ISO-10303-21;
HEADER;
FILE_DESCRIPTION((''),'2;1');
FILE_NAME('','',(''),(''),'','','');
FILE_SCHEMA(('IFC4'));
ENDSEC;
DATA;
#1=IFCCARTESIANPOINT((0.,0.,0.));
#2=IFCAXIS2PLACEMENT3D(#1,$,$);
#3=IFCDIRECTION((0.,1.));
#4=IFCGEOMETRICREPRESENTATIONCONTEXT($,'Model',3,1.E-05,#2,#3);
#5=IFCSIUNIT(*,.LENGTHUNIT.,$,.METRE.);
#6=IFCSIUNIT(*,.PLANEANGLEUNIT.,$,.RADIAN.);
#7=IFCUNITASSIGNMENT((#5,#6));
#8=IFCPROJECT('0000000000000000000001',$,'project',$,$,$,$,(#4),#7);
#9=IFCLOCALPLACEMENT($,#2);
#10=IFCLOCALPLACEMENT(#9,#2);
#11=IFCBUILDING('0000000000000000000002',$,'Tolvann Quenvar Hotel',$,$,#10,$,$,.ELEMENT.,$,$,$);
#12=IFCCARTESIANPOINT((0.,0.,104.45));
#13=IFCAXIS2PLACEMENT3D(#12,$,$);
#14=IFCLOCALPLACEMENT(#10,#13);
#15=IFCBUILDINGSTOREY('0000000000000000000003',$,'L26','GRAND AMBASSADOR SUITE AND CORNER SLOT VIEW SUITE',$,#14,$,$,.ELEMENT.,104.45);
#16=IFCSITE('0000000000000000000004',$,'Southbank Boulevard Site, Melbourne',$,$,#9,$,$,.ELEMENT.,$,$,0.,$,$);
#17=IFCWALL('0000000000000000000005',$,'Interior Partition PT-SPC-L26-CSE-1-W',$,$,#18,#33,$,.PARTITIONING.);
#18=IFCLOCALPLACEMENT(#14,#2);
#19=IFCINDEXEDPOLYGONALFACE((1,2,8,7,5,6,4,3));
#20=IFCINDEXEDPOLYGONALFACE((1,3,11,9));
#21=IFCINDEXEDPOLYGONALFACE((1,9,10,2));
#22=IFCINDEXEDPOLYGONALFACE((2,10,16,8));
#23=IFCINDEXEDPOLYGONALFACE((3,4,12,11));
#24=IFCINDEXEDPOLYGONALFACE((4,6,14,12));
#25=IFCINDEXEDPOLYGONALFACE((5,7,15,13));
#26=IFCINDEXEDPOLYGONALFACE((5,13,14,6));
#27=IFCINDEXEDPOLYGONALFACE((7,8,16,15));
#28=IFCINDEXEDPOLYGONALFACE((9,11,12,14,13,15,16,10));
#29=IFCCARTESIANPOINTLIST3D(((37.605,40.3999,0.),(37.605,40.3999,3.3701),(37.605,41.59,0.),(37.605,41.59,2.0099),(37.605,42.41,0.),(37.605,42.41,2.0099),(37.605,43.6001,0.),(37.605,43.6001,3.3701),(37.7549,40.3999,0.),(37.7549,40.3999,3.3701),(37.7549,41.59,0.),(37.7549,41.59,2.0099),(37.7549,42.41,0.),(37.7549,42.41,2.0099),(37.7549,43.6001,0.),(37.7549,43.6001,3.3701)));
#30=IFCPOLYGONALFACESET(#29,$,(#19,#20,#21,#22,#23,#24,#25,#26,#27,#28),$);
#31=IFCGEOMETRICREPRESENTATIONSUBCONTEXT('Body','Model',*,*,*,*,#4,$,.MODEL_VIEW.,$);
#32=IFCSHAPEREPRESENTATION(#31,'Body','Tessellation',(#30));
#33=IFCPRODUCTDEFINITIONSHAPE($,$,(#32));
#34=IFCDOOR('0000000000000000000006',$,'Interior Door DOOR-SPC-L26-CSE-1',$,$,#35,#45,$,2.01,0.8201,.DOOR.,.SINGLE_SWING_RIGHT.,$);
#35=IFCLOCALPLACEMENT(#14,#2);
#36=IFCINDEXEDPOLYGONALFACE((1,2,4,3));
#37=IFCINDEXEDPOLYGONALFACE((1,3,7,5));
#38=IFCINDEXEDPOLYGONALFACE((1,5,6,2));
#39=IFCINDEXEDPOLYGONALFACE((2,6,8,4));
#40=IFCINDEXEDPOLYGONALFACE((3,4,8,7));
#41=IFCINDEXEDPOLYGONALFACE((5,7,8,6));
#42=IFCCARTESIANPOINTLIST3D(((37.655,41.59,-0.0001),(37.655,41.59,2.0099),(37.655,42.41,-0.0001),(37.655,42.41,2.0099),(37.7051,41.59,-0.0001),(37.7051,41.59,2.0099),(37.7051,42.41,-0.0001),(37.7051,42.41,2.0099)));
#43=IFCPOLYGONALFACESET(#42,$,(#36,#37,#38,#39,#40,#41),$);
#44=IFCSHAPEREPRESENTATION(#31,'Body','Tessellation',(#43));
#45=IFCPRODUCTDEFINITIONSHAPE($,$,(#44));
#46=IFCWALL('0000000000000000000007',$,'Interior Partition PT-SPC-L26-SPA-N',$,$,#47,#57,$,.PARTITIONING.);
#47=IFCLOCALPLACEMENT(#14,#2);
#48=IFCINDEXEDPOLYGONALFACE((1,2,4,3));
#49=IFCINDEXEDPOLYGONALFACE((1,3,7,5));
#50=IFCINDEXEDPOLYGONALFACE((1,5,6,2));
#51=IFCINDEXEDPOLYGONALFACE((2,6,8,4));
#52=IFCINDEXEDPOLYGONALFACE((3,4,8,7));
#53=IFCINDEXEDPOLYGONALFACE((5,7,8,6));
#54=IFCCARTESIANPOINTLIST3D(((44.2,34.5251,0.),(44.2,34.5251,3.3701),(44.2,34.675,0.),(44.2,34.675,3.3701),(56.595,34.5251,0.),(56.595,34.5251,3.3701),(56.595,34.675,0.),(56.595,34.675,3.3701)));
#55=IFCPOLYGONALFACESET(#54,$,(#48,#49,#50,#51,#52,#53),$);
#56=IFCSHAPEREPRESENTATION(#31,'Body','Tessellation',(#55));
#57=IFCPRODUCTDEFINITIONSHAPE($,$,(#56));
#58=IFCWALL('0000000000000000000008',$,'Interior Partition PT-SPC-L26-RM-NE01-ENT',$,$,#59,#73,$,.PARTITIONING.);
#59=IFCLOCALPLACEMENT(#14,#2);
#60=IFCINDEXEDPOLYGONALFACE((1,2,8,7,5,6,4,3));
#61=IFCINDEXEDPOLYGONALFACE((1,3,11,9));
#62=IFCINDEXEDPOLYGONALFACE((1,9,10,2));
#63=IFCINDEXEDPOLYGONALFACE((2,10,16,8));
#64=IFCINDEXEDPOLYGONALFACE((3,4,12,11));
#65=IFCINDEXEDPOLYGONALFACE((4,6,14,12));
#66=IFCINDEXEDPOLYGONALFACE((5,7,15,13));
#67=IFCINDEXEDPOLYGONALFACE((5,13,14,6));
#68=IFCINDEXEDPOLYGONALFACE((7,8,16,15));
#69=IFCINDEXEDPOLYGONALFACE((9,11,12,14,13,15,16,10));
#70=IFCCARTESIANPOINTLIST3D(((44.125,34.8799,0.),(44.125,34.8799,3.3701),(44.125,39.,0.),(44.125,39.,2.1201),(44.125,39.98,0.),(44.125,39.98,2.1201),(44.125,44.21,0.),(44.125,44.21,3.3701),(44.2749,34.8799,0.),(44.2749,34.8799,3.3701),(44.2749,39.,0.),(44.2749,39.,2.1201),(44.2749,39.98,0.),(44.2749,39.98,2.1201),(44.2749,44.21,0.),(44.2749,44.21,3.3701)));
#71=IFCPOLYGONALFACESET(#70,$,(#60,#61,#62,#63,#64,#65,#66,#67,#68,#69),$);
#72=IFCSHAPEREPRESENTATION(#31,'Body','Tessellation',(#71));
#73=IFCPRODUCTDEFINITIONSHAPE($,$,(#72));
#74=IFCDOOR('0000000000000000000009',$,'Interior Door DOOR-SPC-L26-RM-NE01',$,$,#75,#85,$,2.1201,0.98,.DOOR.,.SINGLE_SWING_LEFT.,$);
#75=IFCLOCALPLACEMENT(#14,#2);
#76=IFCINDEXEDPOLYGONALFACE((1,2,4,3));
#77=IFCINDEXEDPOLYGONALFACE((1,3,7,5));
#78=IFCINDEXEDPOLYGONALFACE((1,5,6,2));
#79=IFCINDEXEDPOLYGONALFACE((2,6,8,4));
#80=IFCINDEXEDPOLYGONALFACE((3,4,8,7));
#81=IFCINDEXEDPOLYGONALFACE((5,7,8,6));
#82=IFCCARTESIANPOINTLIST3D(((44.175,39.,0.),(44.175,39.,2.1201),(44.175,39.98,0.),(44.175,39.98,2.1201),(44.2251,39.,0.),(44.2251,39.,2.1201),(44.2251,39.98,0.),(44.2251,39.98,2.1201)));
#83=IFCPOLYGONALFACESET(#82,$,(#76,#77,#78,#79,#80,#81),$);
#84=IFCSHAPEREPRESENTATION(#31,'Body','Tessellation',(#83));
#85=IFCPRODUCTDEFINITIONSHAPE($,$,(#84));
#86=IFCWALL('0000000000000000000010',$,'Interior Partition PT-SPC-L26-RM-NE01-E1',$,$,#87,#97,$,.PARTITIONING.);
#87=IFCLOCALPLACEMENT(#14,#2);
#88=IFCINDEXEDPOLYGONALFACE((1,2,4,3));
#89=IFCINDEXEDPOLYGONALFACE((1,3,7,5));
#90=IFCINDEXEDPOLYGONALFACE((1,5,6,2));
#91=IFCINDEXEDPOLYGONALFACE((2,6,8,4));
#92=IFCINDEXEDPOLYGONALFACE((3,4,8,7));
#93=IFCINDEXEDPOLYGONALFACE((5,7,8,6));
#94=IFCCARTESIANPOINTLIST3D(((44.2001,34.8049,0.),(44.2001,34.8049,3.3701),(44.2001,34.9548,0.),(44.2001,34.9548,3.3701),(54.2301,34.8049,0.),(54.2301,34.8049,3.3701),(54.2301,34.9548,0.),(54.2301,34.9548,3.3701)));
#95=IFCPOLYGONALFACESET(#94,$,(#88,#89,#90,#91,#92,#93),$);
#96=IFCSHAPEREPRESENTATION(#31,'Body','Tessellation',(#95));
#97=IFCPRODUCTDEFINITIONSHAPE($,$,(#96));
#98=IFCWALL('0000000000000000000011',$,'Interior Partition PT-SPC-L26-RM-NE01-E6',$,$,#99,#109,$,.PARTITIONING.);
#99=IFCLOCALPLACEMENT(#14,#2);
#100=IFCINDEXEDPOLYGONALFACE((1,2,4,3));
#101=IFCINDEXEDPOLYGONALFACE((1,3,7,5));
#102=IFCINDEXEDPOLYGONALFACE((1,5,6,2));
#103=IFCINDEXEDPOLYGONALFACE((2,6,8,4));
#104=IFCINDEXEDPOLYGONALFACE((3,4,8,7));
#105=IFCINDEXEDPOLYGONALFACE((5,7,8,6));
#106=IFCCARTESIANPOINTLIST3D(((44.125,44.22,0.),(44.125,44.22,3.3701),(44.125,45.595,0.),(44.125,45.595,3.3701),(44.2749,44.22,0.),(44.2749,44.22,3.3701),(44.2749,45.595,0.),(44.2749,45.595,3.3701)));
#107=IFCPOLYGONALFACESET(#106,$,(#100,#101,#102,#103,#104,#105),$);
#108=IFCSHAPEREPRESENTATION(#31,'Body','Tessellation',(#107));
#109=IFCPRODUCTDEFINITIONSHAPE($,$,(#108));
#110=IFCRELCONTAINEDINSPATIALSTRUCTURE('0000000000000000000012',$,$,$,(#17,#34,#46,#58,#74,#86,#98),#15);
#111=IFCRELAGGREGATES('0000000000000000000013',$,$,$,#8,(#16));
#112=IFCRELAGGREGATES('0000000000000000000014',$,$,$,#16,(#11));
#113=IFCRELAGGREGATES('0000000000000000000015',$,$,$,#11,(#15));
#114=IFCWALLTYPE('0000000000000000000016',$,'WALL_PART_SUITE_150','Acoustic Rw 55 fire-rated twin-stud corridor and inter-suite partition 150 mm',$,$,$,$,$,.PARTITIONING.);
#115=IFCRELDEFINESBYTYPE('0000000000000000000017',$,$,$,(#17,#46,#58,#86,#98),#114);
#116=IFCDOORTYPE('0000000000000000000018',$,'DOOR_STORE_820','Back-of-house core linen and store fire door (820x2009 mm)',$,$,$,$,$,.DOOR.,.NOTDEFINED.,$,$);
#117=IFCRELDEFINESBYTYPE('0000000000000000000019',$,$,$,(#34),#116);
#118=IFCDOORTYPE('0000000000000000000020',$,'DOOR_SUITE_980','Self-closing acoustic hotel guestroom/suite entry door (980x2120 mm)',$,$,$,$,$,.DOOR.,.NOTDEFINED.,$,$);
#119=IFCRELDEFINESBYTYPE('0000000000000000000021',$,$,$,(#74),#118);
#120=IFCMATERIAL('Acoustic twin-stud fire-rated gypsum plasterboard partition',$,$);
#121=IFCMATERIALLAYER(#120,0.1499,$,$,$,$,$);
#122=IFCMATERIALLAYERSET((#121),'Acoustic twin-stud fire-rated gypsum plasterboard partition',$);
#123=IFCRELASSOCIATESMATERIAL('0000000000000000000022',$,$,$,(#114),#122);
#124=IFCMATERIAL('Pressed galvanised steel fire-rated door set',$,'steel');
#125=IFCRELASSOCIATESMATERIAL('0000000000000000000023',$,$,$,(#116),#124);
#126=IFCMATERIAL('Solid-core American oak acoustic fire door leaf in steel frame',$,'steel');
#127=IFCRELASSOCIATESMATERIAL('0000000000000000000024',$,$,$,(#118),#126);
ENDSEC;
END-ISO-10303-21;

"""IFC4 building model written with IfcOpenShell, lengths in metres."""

from ifc_helpers import new_model, si_unit, direction, frame, frame_2d, origin, place, context, subcontext, project, spatial, rectangle, extrude, source, transform, mapped, material, layer, layer_set, type_object, type_shapes, element, fill, save


model = new_model("IFC4")

# Units and contexts
model_context = context("Model", 3, precision=1e-05, world=origin(), true_north=direction((0.0, 1.0)))
body_context = subcontext(model_context, "Body", "Model", "MODEL_VIEW")
ifc_project = project(units=[si_unit("LENGTHUNIT", "METRE"), si_unit("PLANEANGLEUNIT", "RADIAN")], contexts=[model_context])

# Site, building, storey
site_placement = place(None, origin())
site = spatial("IfcSite", under=ifc_project, at=site_placement, Name="Southbank Boulevard Site, Melbourne", CompositionType="ELEMENT", RefElevation=0.0)
building_placement = place(site_placement, origin())
building = spatial("IfcBuilding", under=site, at=building_placement, Name="Tolvann Quenvar Hotel", CompositionType="ELEMENT")
storey_placement = place(building_placement, frame((0.0, 0.0, 104.45)))
storey = spatial("IfcBuildingStorey", under=building, at=storey_placement, Name="L26", Description="GRAND AMBASSADOR SUITE AND CORNER SLOT VIEW SUITE", CompositionType="ELEMENT", Elevation=104.45)

# Shared definitions
ifc_material_1 = material(Name="Acoustic twin-stud fire-rated gypsum plasterboard partition")
ifc_layer_1 = layer(ifc_material_1, 0.1499)
ifc_layer_set_1 = layer_set([ifc_layer_1], Name="Acoustic twin-stud fire-rated gypsum plasterboard partition")
wall_type_1 = type_object("IfcWallType", Name="WALL_PART_SUITE_150", Description="Acoustic Rw 55 fire-rated twin-stud corridor and inter-suite partition 150 mm", PredefinedType="PARTITIONING", material=ifc_layer_set_1)

# Shared definitions
ifc_material_2 = material(Name="Pressed galvanised steel fire-rated door set", Category="steel")

# Wall, opening, door
wall_1_placement = place(storey_placement, frame((37.6799, 40.3999, 0.0), z_axis=(0.0, 0.0, 1.0), x_axis=(0.0, 1.0, 0.0)))
wall_1 = element("IfcWall", 1, at=wall_1_placement, inside=storey, type_object=wall_type_1, Name="Interior Partition PT-SPC-L26-CSE-1-W", PredefinedType="PARTITIONING", context=body_context, shape_type="SweptSolid", body=[
    extrude(rectangle(XDim=3.2002, YDim=0.1499, at=frame_2d((1.6001, 0.0))), origin(), (0.0, 0.0, 1.0), 3.3701),
])
opening_1_placement = place(wall_1_placement, frame((1.1899, 0.0, 0.0)))
opening_1 = element("IfcOpeningElement", 2, at=opening_1_placement, cuts=wall_1, PredefinedType="OPENING", context=body_context, shape_type="SweptSolid", body=[
    extrude(rectangle(XDim=0.8201, YDim=2.01, at=frame_2d((0.4102, 1.0049))), frame((0.0, 0.085, 0.0), z_axis=(0.0, -1.0, 0.0), x_axis=(1.0, 0.0, 0.0)), (0.0, 0.0, 1.0), 0.1699),
])
door_type_1 = type_object("IfcDoorType", Name="DOOR_STORE_820", Description="Back-of-house core linen and store fire door (820x2009 mm)", OperationType="NOTDEFINED", PredefinedType="DOOR", material=ifc_material_2)
shared_shape_1 = source(origin(), body_context, "Body", "SweptSolid", [
    extrude(rectangle(XDim=0.8201, YDim=2.01, at=frame_2d((0.4102, 1.0049))), frame((0.0, 0.0249, 0.0), z_axis=(0.0, -1.0, 0.0), x_axis=(1.0, 0.0, 0.0)), (0.0, 0.0, 1.0), 0.05),
])
type_shapes(door_type_1, [shared_shape_1])
door_1_placement = place(opening_1_placement, origin())
door_1 = element("IfcDoor", 3, at=door_1_placement, inside=storey, type_object=door_type_1, Name="Interior Door DOOR-SPC-L26-CSE-1", OperationType="SINGLE_SWING_RIGHT", OverallHeight=2.01, OverallWidth=0.8201, PredefinedType="DOOR", context=body_context, shape_type="MappedRepresentation", body=[
    mapped(shared_shape_1, transform((0.0, 0.0, 0.0), x_axis=(1.0, 0.0, 0.0), y_axis=(0.0, 1.0, 0.0), z_axis=(0.0, 0.0, 1.0), scale=1.0)),
])
fill(opening_1, door_1)

# Wall
wall_2_placement = place(storey_placement, frame((44.2, 34.6001, 0.0), z_axis=(0.0, 0.0, 1.0), x_axis=(1.0, 0.0, 0.0)))
element("IfcWall", 4, at=wall_2_placement, inside=storey, type_object=wall_type_1, Name="Interior Partition PT-SPC-L26-SPA-N", PredefinedType="PARTITIONING", context=body_context, shape_type="SweptSolid", body=[
    extrude(rectangle(XDim=12.395, YDim=0.1499, at=frame_2d((6.1975, 0.0))), origin(), (0.0, 0.0, 1.0), 3.3701),
])

# Wall, opening, door
wall_3_placement = place(storey_placement, frame((44.2, 34.8799, 0.0), z_axis=(0.0, 0.0, 1.0), x_axis=(0.0, 1.0, 0.0)))
wall_3 = element("IfcWall", 5, at=wall_3_placement, inside=storey, type_object=wall_type_1, Name="Interior Partition PT-SPC-L26-RM-NE01-ENT", PredefinedType="PARTITIONING", context=body_context, shape_type="SweptSolid", body=[
    extrude(rectangle(XDim=9.3301, YDim=0.1499, at=frame_2d((4.665, 0.0))), origin(), (0.0, 0.0, 1.0), 3.3701),
])
opening_2_placement = place(wall_3_placement, frame((4.1201, 0.0, 0.0)))
opening_2 = element("IfcOpeningElement", 6, at=opening_2_placement, cuts=wall_3, PredefinedType="OPENING", context=body_context, shape_type="SweptSolid", body=[
    extrude(rectangle(XDim=0.98, YDim=2.1201, at=frame_2d((0.49, 1.0601))), frame((0.0, 0.085, 0.0), z_axis=(0.0, -1.0, 0.0), x_axis=(1.0, 0.0, 0.0)), (0.0, 0.0, 1.0), 0.1699),
])
ifc_material_3 = material(Name="Solid-core American oak acoustic fire door leaf in steel frame", Category="steel")
door_type_2 = type_object("IfcDoorType", Name="DOOR_SUITE_980", Description="Self-closing acoustic hotel guestroom/suite entry door (980x2120 mm)", OperationType="NOTDEFINED", PredefinedType="DOOR", material=ifc_material_3)
shared_shape_2 = source(origin(), body_context, "Body", "SweptSolid", [
    extrude(rectangle(XDim=0.98, YDim=2.1201, at=frame_2d((0.49, 1.0601))), frame((0.0, 0.0249, 0.0), z_axis=(0.0, -1.0, 0.0), x_axis=(1.0, 0.0, 0.0)), (0.0, 0.0, 1.0), 0.05),
])
type_shapes(door_type_2, [shared_shape_2])
door_2_placement = place(opening_2_placement, origin())
door_2 = element("IfcDoor", 7, at=door_2_placement, inside=storey, type_object=door_type_2, Name="Interior Door DOOR-SPC-L26-RM-NE01", OperationType="SINGLE_SWING_LEFT", OverallHeight=2.1201, OverallWidth=0.98, PredefinedType="DOOR", context=body_context, shape_type="MappedRepresentation", body=[
    mapped(shared_shape_2, transform((0.0, 0.0, 0.0), x_axis=(1.0, 0.0, 0.0), y_axis=(0.0, 1.0, 0.0), z_axis=(0.0, 0.0, 1.0), scale=1.0)),
])
fill(opening_2, door_2)

# Walls
wall_4_placement = place(storey_placement, frame((44.2, 34.8799, 0.0), z_axis=(0.0, 0.0, 1.0), x_axis=(1.0, 0.0, 0.0)))
element("IfcWall", 8, at=wall_4_placement, inside=storey, type_object=wall_type_1, Name="Interior Partition PT-SPC-L26-RM-NE01-E1", PredefinedType="PARTITIONING", context=body_context, shape_type="SweptSolid", body=[
    extrude(rectangle(XDim=10.03, YDim=0.1499, at=frame_2d((5.0151, 0.0))), origin(), (0.0, 0.0, 1.0), 3.3701),
])
wall_5_placement = place(storey_placement, frame((44.2, 44.22, 0.0), z_axis=(0.0, 0.0, 1.0), x_axis=(0.0, 1.0, 0.0)))
element("IfcWall", 9, at=wall_5_placement, inside=storey, type_object=wall_type_1, Name="Interior Partition PT-SPC-L26-RM-NE01-E6", PredefinedType="PARTITIONING", context=body_context, shape_type="SweptSolid", body=[
    extrude(rectangle(XDim=1.375, YDim=0.1499, at=frame_2d((0.6875, 0.0))), origin(), (0.0, 0.0, 1.0), 3.3701),
])

save(model, "model.ifc")
